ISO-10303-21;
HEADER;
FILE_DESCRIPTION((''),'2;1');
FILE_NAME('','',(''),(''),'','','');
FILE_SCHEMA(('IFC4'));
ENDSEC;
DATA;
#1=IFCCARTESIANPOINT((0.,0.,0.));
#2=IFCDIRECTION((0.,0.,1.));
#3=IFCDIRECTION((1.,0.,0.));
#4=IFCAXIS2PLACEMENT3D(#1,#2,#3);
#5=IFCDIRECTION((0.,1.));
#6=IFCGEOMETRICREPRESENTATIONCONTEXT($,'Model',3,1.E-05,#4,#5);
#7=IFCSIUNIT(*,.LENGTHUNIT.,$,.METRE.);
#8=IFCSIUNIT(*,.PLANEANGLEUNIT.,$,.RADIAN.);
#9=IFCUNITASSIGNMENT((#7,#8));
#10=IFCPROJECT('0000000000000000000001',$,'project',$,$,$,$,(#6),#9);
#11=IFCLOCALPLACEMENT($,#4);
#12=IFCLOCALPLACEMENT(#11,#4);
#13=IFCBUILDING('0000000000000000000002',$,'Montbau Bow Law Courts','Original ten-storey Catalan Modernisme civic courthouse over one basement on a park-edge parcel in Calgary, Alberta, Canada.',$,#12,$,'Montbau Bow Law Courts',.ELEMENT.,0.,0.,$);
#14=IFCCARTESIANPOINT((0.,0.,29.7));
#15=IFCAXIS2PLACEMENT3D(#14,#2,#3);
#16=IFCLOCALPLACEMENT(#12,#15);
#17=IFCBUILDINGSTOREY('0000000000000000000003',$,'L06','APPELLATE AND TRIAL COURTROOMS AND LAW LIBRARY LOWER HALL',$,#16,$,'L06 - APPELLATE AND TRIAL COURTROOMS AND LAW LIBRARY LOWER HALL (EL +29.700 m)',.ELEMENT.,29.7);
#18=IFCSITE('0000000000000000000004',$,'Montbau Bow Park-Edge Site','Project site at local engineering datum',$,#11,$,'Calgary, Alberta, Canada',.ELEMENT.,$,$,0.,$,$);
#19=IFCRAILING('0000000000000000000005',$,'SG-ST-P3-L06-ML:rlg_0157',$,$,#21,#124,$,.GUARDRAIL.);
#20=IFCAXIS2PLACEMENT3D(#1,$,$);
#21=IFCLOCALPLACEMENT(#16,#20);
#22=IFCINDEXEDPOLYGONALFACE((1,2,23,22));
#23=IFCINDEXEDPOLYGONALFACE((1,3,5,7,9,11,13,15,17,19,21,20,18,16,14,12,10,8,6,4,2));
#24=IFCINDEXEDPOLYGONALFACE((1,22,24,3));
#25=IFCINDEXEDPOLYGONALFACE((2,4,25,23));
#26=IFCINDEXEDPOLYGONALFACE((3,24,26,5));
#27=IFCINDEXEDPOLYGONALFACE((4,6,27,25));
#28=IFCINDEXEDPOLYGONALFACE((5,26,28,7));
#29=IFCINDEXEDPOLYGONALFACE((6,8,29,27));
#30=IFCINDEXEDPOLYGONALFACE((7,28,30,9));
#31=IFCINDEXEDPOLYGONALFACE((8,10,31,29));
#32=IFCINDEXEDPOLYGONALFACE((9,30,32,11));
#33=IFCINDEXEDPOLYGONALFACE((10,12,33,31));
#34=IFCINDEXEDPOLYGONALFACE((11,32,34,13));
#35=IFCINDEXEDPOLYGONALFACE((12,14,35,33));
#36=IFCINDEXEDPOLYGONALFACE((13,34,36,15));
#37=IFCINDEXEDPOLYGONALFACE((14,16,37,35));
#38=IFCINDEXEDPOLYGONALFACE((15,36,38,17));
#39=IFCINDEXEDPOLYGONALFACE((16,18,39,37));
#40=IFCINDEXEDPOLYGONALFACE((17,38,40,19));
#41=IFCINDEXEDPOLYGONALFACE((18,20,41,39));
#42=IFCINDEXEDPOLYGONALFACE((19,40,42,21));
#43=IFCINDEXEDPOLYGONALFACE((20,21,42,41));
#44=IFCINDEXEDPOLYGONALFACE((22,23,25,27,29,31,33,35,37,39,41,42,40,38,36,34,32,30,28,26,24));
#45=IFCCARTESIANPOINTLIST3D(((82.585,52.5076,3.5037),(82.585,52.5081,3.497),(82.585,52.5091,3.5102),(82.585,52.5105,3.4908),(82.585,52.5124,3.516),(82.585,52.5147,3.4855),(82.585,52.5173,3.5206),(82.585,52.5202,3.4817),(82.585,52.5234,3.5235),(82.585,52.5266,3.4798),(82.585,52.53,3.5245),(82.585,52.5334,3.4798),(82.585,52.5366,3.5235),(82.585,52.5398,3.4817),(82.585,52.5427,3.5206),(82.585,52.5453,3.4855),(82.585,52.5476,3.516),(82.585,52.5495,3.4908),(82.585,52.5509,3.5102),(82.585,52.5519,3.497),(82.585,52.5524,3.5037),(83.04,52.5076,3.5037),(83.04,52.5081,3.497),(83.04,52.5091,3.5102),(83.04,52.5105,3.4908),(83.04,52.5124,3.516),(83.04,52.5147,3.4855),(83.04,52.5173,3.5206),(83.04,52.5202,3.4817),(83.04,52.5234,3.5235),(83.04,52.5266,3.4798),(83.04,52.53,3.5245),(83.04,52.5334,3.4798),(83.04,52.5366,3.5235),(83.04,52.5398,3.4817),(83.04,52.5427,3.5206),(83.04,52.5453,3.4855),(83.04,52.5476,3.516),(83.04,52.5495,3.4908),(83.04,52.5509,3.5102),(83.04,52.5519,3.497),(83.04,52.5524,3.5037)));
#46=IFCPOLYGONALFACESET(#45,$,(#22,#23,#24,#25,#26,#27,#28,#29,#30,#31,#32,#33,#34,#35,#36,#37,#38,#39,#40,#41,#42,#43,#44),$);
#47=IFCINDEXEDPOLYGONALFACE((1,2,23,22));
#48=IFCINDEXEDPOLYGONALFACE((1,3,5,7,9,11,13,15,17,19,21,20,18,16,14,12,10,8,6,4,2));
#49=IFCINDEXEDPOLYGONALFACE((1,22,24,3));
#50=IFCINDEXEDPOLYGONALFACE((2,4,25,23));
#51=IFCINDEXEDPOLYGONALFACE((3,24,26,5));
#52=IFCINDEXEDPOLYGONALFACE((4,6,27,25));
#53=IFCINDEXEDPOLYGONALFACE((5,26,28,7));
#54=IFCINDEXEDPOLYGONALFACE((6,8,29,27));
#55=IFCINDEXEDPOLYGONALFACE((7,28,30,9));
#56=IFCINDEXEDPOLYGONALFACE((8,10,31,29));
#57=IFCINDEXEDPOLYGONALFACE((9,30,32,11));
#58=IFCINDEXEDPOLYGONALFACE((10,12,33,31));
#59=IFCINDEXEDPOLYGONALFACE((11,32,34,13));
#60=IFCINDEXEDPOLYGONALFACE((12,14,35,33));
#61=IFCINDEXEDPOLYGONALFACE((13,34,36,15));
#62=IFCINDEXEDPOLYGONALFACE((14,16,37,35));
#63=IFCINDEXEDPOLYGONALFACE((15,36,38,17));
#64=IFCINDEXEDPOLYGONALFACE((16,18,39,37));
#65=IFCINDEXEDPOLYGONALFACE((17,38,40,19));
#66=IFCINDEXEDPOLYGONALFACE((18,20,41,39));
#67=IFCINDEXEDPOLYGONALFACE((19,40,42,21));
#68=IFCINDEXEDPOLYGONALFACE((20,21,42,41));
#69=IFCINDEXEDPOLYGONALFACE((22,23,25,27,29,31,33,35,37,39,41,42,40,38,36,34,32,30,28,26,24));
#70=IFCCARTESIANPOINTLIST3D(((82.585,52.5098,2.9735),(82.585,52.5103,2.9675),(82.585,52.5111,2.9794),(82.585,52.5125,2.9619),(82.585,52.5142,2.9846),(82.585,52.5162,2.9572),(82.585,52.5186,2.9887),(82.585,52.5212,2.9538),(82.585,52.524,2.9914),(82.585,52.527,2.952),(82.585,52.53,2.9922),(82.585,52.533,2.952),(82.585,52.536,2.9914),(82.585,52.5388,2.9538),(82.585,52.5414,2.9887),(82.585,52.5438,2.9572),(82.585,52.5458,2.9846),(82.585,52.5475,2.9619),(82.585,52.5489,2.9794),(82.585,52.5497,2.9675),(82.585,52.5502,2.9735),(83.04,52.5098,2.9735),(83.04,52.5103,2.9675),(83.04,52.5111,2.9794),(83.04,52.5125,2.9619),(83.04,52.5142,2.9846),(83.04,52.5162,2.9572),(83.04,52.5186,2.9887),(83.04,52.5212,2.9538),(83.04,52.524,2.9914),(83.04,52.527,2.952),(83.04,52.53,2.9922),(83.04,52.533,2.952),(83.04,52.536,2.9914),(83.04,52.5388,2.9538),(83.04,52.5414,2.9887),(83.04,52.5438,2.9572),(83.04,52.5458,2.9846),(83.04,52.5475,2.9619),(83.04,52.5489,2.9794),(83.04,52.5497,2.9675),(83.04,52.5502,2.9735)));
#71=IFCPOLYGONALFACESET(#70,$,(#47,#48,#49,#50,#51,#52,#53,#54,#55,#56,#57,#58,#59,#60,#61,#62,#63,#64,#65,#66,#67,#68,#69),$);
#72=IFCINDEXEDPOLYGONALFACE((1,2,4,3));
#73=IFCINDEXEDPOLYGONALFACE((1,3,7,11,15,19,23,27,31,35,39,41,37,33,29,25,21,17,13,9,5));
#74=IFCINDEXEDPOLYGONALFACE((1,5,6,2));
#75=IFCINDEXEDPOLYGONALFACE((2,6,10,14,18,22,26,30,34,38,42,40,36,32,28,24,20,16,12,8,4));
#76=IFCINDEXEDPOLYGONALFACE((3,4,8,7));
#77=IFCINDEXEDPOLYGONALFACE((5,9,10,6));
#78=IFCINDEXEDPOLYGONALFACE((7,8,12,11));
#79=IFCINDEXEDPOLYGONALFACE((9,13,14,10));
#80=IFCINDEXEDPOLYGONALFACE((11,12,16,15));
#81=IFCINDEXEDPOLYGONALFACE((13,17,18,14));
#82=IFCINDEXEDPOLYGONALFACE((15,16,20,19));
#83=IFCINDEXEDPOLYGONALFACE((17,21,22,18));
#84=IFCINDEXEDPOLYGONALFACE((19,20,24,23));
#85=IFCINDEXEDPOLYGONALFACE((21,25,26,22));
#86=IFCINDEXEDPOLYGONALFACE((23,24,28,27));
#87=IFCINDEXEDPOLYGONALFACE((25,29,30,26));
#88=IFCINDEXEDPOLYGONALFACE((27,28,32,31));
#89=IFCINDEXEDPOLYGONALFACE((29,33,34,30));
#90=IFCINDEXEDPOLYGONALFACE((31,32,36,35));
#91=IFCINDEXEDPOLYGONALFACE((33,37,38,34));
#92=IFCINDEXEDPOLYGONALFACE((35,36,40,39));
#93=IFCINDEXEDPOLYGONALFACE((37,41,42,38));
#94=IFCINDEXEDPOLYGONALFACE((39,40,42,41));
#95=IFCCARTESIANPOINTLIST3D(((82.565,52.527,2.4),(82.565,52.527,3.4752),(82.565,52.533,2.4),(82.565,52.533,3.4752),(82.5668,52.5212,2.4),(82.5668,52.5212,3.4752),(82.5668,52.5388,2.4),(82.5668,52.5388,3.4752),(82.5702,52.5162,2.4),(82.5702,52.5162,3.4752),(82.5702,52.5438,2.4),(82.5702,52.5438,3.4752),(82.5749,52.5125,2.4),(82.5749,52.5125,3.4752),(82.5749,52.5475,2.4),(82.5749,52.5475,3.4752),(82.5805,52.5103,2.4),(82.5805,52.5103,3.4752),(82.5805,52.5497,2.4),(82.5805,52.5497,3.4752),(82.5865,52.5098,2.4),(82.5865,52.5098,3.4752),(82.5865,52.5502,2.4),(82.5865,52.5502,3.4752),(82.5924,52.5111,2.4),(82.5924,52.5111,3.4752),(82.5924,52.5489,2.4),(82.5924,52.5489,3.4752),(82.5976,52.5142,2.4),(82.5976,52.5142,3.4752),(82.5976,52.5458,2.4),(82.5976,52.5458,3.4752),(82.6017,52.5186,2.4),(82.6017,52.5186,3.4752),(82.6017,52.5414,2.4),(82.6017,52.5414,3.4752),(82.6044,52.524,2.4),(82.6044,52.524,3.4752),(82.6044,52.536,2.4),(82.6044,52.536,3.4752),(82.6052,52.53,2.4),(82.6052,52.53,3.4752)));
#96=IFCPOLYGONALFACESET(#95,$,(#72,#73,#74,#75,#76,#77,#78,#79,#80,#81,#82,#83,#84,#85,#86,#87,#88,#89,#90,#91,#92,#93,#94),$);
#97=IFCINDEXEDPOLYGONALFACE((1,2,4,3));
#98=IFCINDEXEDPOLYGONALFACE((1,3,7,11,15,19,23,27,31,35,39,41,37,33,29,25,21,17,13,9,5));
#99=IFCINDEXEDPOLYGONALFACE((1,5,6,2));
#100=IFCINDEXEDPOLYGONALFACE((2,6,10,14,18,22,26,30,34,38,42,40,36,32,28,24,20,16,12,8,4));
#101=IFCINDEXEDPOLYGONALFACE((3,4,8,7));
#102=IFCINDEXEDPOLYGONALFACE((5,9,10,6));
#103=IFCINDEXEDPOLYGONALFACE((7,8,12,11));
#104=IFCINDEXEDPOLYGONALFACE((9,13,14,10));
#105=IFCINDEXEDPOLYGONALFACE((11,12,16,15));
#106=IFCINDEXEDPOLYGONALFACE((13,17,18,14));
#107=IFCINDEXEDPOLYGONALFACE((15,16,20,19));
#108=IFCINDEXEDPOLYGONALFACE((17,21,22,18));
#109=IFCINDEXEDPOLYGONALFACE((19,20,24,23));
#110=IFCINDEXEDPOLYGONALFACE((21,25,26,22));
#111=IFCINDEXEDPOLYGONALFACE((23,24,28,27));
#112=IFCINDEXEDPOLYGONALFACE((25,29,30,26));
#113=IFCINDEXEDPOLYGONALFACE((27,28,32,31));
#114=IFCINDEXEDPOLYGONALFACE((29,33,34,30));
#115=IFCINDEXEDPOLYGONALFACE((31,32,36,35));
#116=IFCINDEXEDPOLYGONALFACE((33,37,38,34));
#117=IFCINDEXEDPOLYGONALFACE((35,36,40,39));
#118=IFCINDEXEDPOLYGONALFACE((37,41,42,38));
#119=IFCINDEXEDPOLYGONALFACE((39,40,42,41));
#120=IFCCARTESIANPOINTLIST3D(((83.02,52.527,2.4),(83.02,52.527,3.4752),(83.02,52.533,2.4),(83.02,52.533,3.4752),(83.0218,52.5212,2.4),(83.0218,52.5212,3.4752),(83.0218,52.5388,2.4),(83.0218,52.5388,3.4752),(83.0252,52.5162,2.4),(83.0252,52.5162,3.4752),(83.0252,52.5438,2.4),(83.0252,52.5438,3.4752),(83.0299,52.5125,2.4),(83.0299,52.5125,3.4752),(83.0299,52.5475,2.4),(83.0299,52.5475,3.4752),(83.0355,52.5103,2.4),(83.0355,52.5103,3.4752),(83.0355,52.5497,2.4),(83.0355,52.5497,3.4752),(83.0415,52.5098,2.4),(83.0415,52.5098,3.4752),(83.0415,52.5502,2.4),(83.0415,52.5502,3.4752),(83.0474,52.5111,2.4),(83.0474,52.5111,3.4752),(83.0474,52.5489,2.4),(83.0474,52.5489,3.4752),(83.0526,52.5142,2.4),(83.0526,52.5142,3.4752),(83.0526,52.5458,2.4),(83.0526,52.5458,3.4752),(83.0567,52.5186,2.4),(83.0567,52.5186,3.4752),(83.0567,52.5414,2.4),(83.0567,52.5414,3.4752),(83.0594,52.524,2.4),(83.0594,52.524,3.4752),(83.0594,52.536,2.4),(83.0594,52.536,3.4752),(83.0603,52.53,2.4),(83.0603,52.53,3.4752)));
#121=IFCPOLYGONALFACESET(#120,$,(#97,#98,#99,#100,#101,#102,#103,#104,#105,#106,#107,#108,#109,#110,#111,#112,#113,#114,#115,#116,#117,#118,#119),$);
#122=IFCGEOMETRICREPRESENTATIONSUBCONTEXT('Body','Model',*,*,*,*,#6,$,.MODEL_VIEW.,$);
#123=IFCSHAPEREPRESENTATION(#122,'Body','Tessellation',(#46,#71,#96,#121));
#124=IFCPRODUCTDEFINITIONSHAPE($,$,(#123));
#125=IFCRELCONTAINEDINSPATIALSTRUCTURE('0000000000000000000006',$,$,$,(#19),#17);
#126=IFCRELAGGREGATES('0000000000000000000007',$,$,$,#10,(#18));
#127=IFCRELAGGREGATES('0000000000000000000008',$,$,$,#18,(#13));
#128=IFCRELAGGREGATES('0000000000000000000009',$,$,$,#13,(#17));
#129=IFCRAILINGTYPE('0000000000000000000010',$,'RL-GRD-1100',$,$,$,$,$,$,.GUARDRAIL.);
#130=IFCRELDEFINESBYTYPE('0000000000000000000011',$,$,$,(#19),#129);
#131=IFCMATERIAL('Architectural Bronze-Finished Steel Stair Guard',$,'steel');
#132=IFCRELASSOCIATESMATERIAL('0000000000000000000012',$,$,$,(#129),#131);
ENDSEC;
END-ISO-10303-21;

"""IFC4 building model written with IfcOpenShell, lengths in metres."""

from ifc_helpers import new_model, si_unit, direction, frame, origin_with_axes, origin_2d_with_axis, place, context, subcontext, project, spatial, circle, extrude, material, type_object, element, save


model = new_model("IFC4")

# Units and contexts
model_context = context("Model", 3, precision=1e-05, world=origin_with_axes(), true_north=direction((0.0, 1.0)))
body_context = subcontext(model_context, "Body", "Model", "MODEL_VIEW")
ifc_project = project(units=[si_unit("LENGTHUNIT", "METRE"), si_unit("PLANEANGLEUNIT", "RADIAN")], contexts=[model_context])

# Site, building, storey
site_placement = place(None, origin_with_axes())
site = spatial("IfcSite", under=ifc_project, at=site_placement, Name="Montbau Bow Park-Edge Site", Description="Project site at local engineering datum", LongName="Calgary, Alberta, Canada", CompositionType="ELEMENT", RefElevation=0.0)
building_placement = place(site_placement, origin_with_axes())
building = spatial("IfcBuilding", under=site, at=building_placement, Name="Montbau Bow Law Courts", Description="Original ten-storey Catalan Modernisme civic courthouse over one basement on a park-edge parcel in Calgary, Alberta, Canada.", LongName="Montbau Bow Law Courts", CompositionType="ELEMENT", ElevationOfRefHeight=0.0, ElevationOfTerrain=0.0)
storey_placement = place(building_placement, frame((0.0, 0.0, 29.7), z_axis=(0.0, 0.0, 1.0), x_axis=(1.0, 0.0, 0.0)))
storey = spatial("IfcBuildingStorey", under=building, at=storey_placement, Name="L06", Description="APPELLATE AND TRIAL COURTROOMS AND LAW LIBRARY LOWER HALL", LongName="L06 - APPELLATE AND TRIAL COURTROOMS AND LAW LIBRARY LOWER HALL (EL +29.700 m)", CompositionType="ELEMENT", Elevation=29.7)

# Railing
ifc_material_1 = material(Name="Architectural Bronze-Finished Steel Stair Guard", Category="steel")
railing_type_1 = type_object("IfcRailingType", Name="RL-GRD-1100", PredefinedType="GUARDRAIL", material=ifc_material_1)
railing_1_placement = place(None, origin_with_axes())
element("IfcRailing", 1, at=railing_1_placement, inside=storey, type_object=railing_type_1, Name="SG-ST-P3-L06-ML:rlg_0157", PredefinedType="GUARDRAIL", context=body_context, shape_type="SweptSolid", body=[
    extrude(circle(Radius=0.0225, at=origin_2d_with_axis()), frame((82.585, 52.53, 33.202), z_axis=(1.0, 0.0, 0.0), x_axis=(0.0, 0.0, 1.0)), (0.0, 0.0, 1.0), 0.455),
    extrude(circle(Radius=0.0203, at=origin_2d_with_axis()), frame((82.585, 52.53, 32.672), z_axis=(1.0, 0.0, 0.0), x_axis=(0.0, 0.0, 1.0)), (0.0, 0.0, 1.0), 0.455),
    extrude(circle(Radius=0.0203, at=origin_2d_with_axis()), frame((82.585, 52.53, 32.1), z_axis=(0.0, 0.0, 1.0), x_axis=(1.0, 0.0, 0.0)), (0.0, 0.0, 1.0), 1.0753),
    extrude(circle(Radius=0.0203, at=origin_2d_with_axis()), frame((83.04, 52.53, 32.1), z_axis=(0.0, 0.0, 1.0), x_axis=(1.0, 0.0, 0.0)), (0.0, 0.0, 1.0), 1.0753),
])

save(model, "model.ifc")
